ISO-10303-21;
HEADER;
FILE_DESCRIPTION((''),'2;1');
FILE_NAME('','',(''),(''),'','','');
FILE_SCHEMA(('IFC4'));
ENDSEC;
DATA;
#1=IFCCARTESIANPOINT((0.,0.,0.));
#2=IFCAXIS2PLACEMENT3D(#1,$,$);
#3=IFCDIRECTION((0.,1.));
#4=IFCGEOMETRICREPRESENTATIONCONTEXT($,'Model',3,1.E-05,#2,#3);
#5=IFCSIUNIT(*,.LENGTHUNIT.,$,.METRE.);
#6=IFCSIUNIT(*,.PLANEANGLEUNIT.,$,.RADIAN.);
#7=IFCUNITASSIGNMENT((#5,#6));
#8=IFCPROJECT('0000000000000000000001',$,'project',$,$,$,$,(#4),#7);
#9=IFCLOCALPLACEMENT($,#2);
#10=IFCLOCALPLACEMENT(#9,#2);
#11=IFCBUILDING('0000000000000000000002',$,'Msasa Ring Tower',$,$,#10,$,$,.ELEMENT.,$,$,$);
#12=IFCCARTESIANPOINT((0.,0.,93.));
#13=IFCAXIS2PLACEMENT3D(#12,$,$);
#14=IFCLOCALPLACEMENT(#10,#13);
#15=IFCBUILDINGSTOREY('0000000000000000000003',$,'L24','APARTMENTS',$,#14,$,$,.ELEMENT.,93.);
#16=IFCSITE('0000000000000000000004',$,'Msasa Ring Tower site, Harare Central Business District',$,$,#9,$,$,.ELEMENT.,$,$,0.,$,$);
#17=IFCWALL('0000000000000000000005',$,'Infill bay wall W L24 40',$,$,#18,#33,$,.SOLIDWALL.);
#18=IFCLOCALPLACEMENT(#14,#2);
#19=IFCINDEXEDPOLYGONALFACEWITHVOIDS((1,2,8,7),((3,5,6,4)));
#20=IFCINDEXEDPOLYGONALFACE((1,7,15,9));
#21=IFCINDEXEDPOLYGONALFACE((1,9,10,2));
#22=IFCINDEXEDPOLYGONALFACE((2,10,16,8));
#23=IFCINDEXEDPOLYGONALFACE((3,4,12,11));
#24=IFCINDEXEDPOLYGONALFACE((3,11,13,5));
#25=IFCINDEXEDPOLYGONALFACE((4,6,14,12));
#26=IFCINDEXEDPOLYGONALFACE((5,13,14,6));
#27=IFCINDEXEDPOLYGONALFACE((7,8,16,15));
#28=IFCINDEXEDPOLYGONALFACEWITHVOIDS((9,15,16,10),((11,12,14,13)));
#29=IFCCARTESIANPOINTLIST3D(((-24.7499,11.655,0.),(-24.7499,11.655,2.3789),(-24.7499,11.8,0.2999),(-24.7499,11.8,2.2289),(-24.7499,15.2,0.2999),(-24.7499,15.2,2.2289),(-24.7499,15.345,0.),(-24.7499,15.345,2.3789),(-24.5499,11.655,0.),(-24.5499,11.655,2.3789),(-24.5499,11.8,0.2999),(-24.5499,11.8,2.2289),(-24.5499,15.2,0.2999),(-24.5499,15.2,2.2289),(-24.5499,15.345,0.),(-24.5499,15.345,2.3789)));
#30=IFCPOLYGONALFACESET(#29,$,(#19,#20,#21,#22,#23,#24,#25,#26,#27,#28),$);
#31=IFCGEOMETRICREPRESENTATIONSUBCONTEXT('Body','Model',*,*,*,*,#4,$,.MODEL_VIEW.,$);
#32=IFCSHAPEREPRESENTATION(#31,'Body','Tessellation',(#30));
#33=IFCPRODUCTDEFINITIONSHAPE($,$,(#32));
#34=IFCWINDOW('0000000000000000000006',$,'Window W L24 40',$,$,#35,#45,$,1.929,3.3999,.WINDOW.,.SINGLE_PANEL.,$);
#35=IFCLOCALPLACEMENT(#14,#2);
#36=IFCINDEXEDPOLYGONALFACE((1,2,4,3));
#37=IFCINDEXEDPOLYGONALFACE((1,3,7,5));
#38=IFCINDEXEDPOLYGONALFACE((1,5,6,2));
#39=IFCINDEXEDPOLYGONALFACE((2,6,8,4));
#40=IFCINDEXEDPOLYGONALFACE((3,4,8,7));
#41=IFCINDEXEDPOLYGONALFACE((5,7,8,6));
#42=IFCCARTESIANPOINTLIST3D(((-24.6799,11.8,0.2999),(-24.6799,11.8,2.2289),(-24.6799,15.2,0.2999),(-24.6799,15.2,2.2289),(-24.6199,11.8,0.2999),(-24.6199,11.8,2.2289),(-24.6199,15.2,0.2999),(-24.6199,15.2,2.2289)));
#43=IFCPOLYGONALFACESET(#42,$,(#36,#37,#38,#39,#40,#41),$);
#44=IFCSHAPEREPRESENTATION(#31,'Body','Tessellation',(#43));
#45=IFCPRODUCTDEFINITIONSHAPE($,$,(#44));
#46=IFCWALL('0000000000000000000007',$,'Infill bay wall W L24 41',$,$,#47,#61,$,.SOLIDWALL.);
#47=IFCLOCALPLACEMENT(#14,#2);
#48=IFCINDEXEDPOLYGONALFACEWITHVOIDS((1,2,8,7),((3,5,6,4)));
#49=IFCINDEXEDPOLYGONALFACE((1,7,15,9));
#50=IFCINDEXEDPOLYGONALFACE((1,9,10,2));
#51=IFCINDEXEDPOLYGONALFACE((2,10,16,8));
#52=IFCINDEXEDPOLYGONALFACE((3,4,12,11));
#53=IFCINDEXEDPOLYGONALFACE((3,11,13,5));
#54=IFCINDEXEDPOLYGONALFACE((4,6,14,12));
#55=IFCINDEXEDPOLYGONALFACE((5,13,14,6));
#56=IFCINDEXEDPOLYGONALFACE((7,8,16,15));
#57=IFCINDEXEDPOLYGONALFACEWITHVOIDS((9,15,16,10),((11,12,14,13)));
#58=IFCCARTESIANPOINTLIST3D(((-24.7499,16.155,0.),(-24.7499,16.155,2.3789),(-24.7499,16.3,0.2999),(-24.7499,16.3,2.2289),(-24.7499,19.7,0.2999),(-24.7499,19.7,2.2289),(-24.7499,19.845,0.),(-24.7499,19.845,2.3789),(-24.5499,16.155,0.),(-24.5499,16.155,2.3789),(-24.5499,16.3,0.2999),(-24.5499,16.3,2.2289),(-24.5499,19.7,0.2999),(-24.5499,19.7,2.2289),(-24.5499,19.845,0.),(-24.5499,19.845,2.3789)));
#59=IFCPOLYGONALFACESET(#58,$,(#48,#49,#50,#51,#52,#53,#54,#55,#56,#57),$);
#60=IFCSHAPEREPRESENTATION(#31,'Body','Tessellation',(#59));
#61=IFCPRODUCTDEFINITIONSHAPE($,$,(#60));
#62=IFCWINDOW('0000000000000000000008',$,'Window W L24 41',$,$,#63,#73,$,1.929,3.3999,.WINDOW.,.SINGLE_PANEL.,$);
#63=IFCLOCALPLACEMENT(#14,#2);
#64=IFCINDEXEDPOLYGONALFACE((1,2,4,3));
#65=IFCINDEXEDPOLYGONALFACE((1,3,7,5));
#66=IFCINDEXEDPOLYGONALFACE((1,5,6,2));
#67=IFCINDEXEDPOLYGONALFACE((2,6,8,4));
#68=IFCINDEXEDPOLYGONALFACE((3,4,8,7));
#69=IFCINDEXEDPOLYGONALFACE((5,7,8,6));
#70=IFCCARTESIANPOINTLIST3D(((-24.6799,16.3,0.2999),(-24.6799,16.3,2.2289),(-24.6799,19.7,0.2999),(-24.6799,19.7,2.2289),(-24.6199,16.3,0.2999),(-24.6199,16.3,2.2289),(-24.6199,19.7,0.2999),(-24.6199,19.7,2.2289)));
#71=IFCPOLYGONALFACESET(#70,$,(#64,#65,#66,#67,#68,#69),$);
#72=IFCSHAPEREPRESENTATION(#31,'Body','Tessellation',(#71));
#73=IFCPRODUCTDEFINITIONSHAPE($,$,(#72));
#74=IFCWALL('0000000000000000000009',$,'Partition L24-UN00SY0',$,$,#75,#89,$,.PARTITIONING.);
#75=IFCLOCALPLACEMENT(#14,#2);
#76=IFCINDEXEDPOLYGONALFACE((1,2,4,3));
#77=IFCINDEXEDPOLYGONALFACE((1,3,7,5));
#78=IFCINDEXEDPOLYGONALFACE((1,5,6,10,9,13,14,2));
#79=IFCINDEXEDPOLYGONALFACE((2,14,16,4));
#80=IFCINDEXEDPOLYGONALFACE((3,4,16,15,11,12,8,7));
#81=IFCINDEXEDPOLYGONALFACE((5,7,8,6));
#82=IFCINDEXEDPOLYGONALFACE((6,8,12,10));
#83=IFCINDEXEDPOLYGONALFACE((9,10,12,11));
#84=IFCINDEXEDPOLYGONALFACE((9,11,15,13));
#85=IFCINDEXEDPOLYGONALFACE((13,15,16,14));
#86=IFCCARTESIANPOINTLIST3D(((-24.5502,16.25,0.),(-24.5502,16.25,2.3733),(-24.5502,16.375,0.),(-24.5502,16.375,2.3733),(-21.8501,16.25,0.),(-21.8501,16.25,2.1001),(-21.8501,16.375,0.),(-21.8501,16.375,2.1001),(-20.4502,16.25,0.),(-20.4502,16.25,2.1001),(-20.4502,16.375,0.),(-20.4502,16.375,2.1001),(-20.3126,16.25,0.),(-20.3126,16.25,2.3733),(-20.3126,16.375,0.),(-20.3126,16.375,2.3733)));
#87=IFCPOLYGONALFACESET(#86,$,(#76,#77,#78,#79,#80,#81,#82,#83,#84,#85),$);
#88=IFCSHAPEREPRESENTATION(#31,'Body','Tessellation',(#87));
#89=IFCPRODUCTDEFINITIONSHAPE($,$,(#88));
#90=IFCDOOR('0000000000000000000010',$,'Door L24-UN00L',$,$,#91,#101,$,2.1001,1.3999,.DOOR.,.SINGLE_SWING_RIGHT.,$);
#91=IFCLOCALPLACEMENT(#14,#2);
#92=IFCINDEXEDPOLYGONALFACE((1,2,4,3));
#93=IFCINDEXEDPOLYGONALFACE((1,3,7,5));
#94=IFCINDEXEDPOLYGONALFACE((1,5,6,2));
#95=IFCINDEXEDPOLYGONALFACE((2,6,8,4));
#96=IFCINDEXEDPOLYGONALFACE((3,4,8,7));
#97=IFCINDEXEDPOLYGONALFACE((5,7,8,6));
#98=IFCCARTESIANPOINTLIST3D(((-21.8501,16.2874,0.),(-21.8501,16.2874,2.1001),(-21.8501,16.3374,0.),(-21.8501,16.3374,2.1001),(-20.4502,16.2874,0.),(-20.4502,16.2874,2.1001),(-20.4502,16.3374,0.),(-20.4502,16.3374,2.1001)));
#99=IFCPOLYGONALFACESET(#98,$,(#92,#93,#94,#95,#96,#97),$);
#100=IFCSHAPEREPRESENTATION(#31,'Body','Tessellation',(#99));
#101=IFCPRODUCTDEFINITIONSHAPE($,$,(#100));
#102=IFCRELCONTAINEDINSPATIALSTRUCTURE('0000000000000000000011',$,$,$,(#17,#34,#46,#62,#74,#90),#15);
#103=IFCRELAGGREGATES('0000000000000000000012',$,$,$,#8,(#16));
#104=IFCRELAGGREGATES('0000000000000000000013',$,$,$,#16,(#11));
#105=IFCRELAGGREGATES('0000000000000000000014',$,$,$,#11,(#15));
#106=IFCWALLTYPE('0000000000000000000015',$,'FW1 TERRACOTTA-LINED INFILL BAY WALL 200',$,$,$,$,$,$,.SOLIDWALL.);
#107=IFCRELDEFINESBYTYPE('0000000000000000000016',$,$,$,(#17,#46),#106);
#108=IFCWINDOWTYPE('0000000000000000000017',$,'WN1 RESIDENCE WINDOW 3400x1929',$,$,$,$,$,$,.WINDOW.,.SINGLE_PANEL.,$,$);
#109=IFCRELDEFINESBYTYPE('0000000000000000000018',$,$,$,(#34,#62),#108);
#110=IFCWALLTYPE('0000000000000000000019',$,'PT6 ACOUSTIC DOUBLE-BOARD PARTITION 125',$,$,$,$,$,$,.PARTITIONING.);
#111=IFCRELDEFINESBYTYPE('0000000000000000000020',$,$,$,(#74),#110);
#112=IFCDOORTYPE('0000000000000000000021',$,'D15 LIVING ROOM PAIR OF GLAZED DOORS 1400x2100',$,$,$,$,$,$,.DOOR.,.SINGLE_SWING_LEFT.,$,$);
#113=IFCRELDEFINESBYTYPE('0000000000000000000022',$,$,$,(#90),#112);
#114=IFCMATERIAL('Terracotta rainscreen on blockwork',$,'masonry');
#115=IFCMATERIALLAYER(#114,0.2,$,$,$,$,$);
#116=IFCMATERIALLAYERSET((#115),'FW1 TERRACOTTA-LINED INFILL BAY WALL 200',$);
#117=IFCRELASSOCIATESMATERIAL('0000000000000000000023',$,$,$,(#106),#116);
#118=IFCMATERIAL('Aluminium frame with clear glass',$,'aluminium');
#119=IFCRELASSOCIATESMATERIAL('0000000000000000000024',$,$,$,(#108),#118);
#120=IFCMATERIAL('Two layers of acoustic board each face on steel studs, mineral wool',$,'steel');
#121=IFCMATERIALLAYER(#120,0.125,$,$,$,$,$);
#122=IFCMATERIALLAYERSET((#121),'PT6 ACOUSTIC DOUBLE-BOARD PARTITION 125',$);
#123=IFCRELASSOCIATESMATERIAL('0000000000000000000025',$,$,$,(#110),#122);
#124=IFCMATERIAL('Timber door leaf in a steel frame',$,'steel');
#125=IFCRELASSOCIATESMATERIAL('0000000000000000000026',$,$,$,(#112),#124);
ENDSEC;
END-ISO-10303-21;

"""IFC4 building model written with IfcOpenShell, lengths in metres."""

from ifc_helpers import new_model, si_unit, direction, frame, frame_2d, origin, place, context, subcontext, project, spatial, rectangle, extrude, material, layer, layer_set, type_object, element, fill, save


model = new_model("IFC4")

# Units and contexts
model_context = context("Model", 3, precision=1e-05, world=origin(), true_north=direction((0.0, 1.0)))
body_context = subcontext(model_context, "Body", "Model", "MODEL_VIEW")
ifc_project = project(units=[si_unit("LENGTHUNIT", "METRE"), si_unit("PLANEANGLEUNIT", "RADIAN")], contexts=[model_context])

# Site, building, storey
site_placement = place(None, origin())
site = spatial("IfcSite", under=ifc_project, at=site_placement, Name="Msasa Ring Tower site, Harare Central Business District", CompositionType="ELEMENT", RefElevation=0.0)
building_placement = place(site_placement, origin())
building = spatial("IfcBuilding", under=site, at=building_placement, Name="Msasa Ring Tower", CompositionType="ELEMENT")
storey_placement = place(building_placement, frame((0.0, 0.0, 93.0)))
storey = spatial("IfcBuildingStorey", under=building, at=storey_placement, Name="L24", Description="APARTMENTS", CompositionType="ELEMENT", Elevation=93.0)

# Walls, openings, windows
ifc_material_1 = material(Name="Terracotta rainscreen on blockwork", Category="masonry")
ifc_layer_1 = layer(ifc_material_1, 0.2)
ifc_layer_set_1 = layer_set([ifc_layer_1], Name="FW1 TERRACOTTA-LINED INFILL BAY WALL 200")
wall_type_1 = type_object("IfcWallType", Name="FW1 TERRACOTTA-LINED INFILL BAY WALL 200", PredefinedType="SOLIDWALL", material=ifc_layer_set_1)
wall_1_placement = place(storey_placement, frame((-24.6499, 11.655, 0.0), z_axis=(0.0, 0.0, 1.0), x_axis=(0.0, 1.0, 0.0)))
wall_1 = element("IfcWall", 1, at=wall_1_placement, inside=storey, type_object=wall_type_1, Name="Infill bay wall W L24 40", PredefinedType="SOLIDWALL", context=body_context, shape_type="SweptSolid", body=[
    extrude(rectangle(XDim=3.6899, YDim=0.2, at=frame_2d((1.845, 0.0))), origin(), (0.0, 0.0, 1.0), 2.3789),
])
opening_1_placement = place(wall_1_placement, frame((0.145, 0.0, 0.3)))
opening_1 = element("IfcOpeningElement", 2, at=opening_1_placement, cuts=wall_1, PredefinedType="OPENING", context=body_context, shape_type="SweptSolid", body=[
    extrude(rectangle(XDim=3.3999, YDim=1.929, at=frame_2d((1.7, 0.9644))), frame((0.0, 0.1099, 0.0), z_axis=(0.0, -1.0, 0.0), x_axis=(1.0, 0.0, 0.0)), (0.0, 0.0, 1.0), 0.22),
])
ifc_material_2 = material(Name="Aluminium frame with clear glass", Category="aluminium")
window_type = type_object("IfcWindowType", Name="WN1 RESIDENCE WINDOW 3400x1929", PartitioningType="SINGLE_PANEL", PredefinedType="WINDOW", material=ifc_material_2)
window_1_placement = place(opening_1_placement, origin())
window_1 = element("IfcWindow", 3, at=window_1_placement, inside=storey, type_object=window_type, Name="Window W L24 40", OverallHeight=1.929, OverallWidth=3.3999, PartitioningType="SINGLE_PANEL", PredefinedType="WINDOW", context=body_context, shape_type="SweptSolid", body=[
    extrude(rectangle(XDim=3.3999, YDim=1.929, at=frame_2d((1.7, 0.9644))), frame((0.0, 0.03, 0.0), z_axis=(0.0, -1.0, 0.0), x_axis=(1.0, 0.0, 0.0)), (0.0, 0.0, 1.0), 0.0601),
])
fill(opening_1, window_1)
wall_2_placement = place(storey_placement, frame((-24.6499, 16.155, 0.0), z_axis=(0.0, 0.0, 1.0), x_axis=(0.0, 1.0, 0.0)))
wall_2 = element("IfcWall", 4, at=wall_2_placement, inside=storey, type_object=wall_type_1, Name="Infill bay wall W L24 41", PredefinedType="SOLIDWALL", context=body_context, shape_type="SweptSolid", body=[
    extrude(rectangle(XDim=3.6899, YDim=0.2, at=frame_2d((1.845, 0.0))), origin(), (0.0, 0.0, 1.0), 2.3789),
])
opening_2_placement = place(wall_2_placement, frame((0.145, 0.0, 0.3)))
opening_2 = element("IfcOpeningElement", 5, at=opening_2_placement, cuts=wall_2, PredefinedType="OPENING", context=body_context, shape_type="SweptSolid", body=[
    extrude(rectangle(XDim=3.3999, YDim=1.929, at=frame_2d((1.7, 0.9644))), frame((0.0, 0.1099, 0.0), z_axis=(0.0, -1.0, 0.0), x_axis=(1.0, 0.0, 0.0)), (0.0, 0.0, 1.0), 0.22),
])
window_2_placement = place(opening_2_placement, origin())
window_2 = element("IfcWindow", 6, at=window_2_placement, inside=storey, type_object=window_type, Name="Window W L24 41", OverallHeight=1.929, OverallWidth=3.3999, PartitioningType="SINGLE_PANEL", PredefinedType="WINDOW", context=body_context, shape_type="SweptSolid", body=[
    extrude(rectangle(XDim=3.3999, YDim=1.929, at=frame_2d((1.7, 0.9644))), frame((0.0, 0.03, 0.0), z_axis=(0.0, -1.0, 0.0), x_axis=(1.0, 0.0, 0.0)), (0.0, 0.0, 1.0), 0.0601),
])
fill(opening_2, window_2)

# Wall, opening, door
ifc_material_3 = material(Name="Two layers of acoustic board each face on steel studs, mineral wool", Category="steel")
ifc_layer_2 = layer(ifc_material_3, 0.125)
ifc_layer_set_2 = layer_set([ifc_layer_2], Name="PT6 ACOUSTIC DOUBLE-BOARD PARTITION 125")
wall_type_2 = type_object("IfcWallType", Name="PT6 ACOUSTIC DOUBLE-BOARD PARTITION 125", PredefinedType="PARTITIONING", material=ifc_layer_set_2)
wall_3_placement = place(storey_placement, frame((-24.55, 16.3125, 0.0), z_axis=(0.0, 0.0, 1.0), x_axis=(1.0, 0.0, 0.0)))
wall_3 = element("IfcWall", 7, at=wall_3_placement, inside=storey, type_object=wall_type_2, Name="Partition L24-UN00SY0", PredefinedType="PARTITIONING", context=body_context, shape_type="SweptSolid", body=[
    extrude(rectangle(XDim=4.2375, YDim=0.125, at=frame_2d((2.1187, 0.0))), origin(), (0.0, 0.0, 1.0), 2.3733),
])
opening_3_placement = place(wall_3_placement, frame((2.7, 0.0, 0.0)))
opening_3 = element("IfcOpeningElement", 8, at=opening_3_placement, cuts=wall_3, PredefinedType="OPENING", context=body_context, shape_type="SweptSolid", body=[
    extrude(rectangle(XDim=1.3999, YDim=2.1001, at=frame_2d((0.7, 1.05))), frame((0.0, 0.0725, 0.0), z_axis=(0.0, -1.0, 0.0), x_axis=(1.0, 0.0, 0.0)), (0.0, 0.0, 1.0), 0.145),
])
ifc_material_4 = material(Name="Timber door leaf in a steel frame", Category="steel")
door_type = type_object("IfcDoorType", Name="D15 LIVING ROOM PAIR OF GLAZED DOORS 1400x2100", OperationType="SINGLE_SWING_LEFT", PredefinedType="DOOR", material=ifc_material_4)
door_placement = place(opening_3_placement, origin())
door = element("IfcDoor", 9, at=door_placement, inside=storey, type_object=door_type, Name="Door L24-UN00L", OperationType="SINGLE_SWING_RIGHT", OverallHeight=2.1001, OverallWidth=1.3999, PredefinedType="DOOR", context=body_context, shape_type="SweptSolid", body=[
    extrude(rectangle(XDim=1.3999, YDim=2.1001, at=frame_2d((0.7, 1.05))), frame((0.0, 0.0249, 0.0), z_axis=(0.0, -1.0, 0.0), x_axis=(1.0, 0.0, 0.0)), (0.0, 0.0, 1.0), 0.05),
])
fill(opening_3, door)

save(model, "model.ifc")
